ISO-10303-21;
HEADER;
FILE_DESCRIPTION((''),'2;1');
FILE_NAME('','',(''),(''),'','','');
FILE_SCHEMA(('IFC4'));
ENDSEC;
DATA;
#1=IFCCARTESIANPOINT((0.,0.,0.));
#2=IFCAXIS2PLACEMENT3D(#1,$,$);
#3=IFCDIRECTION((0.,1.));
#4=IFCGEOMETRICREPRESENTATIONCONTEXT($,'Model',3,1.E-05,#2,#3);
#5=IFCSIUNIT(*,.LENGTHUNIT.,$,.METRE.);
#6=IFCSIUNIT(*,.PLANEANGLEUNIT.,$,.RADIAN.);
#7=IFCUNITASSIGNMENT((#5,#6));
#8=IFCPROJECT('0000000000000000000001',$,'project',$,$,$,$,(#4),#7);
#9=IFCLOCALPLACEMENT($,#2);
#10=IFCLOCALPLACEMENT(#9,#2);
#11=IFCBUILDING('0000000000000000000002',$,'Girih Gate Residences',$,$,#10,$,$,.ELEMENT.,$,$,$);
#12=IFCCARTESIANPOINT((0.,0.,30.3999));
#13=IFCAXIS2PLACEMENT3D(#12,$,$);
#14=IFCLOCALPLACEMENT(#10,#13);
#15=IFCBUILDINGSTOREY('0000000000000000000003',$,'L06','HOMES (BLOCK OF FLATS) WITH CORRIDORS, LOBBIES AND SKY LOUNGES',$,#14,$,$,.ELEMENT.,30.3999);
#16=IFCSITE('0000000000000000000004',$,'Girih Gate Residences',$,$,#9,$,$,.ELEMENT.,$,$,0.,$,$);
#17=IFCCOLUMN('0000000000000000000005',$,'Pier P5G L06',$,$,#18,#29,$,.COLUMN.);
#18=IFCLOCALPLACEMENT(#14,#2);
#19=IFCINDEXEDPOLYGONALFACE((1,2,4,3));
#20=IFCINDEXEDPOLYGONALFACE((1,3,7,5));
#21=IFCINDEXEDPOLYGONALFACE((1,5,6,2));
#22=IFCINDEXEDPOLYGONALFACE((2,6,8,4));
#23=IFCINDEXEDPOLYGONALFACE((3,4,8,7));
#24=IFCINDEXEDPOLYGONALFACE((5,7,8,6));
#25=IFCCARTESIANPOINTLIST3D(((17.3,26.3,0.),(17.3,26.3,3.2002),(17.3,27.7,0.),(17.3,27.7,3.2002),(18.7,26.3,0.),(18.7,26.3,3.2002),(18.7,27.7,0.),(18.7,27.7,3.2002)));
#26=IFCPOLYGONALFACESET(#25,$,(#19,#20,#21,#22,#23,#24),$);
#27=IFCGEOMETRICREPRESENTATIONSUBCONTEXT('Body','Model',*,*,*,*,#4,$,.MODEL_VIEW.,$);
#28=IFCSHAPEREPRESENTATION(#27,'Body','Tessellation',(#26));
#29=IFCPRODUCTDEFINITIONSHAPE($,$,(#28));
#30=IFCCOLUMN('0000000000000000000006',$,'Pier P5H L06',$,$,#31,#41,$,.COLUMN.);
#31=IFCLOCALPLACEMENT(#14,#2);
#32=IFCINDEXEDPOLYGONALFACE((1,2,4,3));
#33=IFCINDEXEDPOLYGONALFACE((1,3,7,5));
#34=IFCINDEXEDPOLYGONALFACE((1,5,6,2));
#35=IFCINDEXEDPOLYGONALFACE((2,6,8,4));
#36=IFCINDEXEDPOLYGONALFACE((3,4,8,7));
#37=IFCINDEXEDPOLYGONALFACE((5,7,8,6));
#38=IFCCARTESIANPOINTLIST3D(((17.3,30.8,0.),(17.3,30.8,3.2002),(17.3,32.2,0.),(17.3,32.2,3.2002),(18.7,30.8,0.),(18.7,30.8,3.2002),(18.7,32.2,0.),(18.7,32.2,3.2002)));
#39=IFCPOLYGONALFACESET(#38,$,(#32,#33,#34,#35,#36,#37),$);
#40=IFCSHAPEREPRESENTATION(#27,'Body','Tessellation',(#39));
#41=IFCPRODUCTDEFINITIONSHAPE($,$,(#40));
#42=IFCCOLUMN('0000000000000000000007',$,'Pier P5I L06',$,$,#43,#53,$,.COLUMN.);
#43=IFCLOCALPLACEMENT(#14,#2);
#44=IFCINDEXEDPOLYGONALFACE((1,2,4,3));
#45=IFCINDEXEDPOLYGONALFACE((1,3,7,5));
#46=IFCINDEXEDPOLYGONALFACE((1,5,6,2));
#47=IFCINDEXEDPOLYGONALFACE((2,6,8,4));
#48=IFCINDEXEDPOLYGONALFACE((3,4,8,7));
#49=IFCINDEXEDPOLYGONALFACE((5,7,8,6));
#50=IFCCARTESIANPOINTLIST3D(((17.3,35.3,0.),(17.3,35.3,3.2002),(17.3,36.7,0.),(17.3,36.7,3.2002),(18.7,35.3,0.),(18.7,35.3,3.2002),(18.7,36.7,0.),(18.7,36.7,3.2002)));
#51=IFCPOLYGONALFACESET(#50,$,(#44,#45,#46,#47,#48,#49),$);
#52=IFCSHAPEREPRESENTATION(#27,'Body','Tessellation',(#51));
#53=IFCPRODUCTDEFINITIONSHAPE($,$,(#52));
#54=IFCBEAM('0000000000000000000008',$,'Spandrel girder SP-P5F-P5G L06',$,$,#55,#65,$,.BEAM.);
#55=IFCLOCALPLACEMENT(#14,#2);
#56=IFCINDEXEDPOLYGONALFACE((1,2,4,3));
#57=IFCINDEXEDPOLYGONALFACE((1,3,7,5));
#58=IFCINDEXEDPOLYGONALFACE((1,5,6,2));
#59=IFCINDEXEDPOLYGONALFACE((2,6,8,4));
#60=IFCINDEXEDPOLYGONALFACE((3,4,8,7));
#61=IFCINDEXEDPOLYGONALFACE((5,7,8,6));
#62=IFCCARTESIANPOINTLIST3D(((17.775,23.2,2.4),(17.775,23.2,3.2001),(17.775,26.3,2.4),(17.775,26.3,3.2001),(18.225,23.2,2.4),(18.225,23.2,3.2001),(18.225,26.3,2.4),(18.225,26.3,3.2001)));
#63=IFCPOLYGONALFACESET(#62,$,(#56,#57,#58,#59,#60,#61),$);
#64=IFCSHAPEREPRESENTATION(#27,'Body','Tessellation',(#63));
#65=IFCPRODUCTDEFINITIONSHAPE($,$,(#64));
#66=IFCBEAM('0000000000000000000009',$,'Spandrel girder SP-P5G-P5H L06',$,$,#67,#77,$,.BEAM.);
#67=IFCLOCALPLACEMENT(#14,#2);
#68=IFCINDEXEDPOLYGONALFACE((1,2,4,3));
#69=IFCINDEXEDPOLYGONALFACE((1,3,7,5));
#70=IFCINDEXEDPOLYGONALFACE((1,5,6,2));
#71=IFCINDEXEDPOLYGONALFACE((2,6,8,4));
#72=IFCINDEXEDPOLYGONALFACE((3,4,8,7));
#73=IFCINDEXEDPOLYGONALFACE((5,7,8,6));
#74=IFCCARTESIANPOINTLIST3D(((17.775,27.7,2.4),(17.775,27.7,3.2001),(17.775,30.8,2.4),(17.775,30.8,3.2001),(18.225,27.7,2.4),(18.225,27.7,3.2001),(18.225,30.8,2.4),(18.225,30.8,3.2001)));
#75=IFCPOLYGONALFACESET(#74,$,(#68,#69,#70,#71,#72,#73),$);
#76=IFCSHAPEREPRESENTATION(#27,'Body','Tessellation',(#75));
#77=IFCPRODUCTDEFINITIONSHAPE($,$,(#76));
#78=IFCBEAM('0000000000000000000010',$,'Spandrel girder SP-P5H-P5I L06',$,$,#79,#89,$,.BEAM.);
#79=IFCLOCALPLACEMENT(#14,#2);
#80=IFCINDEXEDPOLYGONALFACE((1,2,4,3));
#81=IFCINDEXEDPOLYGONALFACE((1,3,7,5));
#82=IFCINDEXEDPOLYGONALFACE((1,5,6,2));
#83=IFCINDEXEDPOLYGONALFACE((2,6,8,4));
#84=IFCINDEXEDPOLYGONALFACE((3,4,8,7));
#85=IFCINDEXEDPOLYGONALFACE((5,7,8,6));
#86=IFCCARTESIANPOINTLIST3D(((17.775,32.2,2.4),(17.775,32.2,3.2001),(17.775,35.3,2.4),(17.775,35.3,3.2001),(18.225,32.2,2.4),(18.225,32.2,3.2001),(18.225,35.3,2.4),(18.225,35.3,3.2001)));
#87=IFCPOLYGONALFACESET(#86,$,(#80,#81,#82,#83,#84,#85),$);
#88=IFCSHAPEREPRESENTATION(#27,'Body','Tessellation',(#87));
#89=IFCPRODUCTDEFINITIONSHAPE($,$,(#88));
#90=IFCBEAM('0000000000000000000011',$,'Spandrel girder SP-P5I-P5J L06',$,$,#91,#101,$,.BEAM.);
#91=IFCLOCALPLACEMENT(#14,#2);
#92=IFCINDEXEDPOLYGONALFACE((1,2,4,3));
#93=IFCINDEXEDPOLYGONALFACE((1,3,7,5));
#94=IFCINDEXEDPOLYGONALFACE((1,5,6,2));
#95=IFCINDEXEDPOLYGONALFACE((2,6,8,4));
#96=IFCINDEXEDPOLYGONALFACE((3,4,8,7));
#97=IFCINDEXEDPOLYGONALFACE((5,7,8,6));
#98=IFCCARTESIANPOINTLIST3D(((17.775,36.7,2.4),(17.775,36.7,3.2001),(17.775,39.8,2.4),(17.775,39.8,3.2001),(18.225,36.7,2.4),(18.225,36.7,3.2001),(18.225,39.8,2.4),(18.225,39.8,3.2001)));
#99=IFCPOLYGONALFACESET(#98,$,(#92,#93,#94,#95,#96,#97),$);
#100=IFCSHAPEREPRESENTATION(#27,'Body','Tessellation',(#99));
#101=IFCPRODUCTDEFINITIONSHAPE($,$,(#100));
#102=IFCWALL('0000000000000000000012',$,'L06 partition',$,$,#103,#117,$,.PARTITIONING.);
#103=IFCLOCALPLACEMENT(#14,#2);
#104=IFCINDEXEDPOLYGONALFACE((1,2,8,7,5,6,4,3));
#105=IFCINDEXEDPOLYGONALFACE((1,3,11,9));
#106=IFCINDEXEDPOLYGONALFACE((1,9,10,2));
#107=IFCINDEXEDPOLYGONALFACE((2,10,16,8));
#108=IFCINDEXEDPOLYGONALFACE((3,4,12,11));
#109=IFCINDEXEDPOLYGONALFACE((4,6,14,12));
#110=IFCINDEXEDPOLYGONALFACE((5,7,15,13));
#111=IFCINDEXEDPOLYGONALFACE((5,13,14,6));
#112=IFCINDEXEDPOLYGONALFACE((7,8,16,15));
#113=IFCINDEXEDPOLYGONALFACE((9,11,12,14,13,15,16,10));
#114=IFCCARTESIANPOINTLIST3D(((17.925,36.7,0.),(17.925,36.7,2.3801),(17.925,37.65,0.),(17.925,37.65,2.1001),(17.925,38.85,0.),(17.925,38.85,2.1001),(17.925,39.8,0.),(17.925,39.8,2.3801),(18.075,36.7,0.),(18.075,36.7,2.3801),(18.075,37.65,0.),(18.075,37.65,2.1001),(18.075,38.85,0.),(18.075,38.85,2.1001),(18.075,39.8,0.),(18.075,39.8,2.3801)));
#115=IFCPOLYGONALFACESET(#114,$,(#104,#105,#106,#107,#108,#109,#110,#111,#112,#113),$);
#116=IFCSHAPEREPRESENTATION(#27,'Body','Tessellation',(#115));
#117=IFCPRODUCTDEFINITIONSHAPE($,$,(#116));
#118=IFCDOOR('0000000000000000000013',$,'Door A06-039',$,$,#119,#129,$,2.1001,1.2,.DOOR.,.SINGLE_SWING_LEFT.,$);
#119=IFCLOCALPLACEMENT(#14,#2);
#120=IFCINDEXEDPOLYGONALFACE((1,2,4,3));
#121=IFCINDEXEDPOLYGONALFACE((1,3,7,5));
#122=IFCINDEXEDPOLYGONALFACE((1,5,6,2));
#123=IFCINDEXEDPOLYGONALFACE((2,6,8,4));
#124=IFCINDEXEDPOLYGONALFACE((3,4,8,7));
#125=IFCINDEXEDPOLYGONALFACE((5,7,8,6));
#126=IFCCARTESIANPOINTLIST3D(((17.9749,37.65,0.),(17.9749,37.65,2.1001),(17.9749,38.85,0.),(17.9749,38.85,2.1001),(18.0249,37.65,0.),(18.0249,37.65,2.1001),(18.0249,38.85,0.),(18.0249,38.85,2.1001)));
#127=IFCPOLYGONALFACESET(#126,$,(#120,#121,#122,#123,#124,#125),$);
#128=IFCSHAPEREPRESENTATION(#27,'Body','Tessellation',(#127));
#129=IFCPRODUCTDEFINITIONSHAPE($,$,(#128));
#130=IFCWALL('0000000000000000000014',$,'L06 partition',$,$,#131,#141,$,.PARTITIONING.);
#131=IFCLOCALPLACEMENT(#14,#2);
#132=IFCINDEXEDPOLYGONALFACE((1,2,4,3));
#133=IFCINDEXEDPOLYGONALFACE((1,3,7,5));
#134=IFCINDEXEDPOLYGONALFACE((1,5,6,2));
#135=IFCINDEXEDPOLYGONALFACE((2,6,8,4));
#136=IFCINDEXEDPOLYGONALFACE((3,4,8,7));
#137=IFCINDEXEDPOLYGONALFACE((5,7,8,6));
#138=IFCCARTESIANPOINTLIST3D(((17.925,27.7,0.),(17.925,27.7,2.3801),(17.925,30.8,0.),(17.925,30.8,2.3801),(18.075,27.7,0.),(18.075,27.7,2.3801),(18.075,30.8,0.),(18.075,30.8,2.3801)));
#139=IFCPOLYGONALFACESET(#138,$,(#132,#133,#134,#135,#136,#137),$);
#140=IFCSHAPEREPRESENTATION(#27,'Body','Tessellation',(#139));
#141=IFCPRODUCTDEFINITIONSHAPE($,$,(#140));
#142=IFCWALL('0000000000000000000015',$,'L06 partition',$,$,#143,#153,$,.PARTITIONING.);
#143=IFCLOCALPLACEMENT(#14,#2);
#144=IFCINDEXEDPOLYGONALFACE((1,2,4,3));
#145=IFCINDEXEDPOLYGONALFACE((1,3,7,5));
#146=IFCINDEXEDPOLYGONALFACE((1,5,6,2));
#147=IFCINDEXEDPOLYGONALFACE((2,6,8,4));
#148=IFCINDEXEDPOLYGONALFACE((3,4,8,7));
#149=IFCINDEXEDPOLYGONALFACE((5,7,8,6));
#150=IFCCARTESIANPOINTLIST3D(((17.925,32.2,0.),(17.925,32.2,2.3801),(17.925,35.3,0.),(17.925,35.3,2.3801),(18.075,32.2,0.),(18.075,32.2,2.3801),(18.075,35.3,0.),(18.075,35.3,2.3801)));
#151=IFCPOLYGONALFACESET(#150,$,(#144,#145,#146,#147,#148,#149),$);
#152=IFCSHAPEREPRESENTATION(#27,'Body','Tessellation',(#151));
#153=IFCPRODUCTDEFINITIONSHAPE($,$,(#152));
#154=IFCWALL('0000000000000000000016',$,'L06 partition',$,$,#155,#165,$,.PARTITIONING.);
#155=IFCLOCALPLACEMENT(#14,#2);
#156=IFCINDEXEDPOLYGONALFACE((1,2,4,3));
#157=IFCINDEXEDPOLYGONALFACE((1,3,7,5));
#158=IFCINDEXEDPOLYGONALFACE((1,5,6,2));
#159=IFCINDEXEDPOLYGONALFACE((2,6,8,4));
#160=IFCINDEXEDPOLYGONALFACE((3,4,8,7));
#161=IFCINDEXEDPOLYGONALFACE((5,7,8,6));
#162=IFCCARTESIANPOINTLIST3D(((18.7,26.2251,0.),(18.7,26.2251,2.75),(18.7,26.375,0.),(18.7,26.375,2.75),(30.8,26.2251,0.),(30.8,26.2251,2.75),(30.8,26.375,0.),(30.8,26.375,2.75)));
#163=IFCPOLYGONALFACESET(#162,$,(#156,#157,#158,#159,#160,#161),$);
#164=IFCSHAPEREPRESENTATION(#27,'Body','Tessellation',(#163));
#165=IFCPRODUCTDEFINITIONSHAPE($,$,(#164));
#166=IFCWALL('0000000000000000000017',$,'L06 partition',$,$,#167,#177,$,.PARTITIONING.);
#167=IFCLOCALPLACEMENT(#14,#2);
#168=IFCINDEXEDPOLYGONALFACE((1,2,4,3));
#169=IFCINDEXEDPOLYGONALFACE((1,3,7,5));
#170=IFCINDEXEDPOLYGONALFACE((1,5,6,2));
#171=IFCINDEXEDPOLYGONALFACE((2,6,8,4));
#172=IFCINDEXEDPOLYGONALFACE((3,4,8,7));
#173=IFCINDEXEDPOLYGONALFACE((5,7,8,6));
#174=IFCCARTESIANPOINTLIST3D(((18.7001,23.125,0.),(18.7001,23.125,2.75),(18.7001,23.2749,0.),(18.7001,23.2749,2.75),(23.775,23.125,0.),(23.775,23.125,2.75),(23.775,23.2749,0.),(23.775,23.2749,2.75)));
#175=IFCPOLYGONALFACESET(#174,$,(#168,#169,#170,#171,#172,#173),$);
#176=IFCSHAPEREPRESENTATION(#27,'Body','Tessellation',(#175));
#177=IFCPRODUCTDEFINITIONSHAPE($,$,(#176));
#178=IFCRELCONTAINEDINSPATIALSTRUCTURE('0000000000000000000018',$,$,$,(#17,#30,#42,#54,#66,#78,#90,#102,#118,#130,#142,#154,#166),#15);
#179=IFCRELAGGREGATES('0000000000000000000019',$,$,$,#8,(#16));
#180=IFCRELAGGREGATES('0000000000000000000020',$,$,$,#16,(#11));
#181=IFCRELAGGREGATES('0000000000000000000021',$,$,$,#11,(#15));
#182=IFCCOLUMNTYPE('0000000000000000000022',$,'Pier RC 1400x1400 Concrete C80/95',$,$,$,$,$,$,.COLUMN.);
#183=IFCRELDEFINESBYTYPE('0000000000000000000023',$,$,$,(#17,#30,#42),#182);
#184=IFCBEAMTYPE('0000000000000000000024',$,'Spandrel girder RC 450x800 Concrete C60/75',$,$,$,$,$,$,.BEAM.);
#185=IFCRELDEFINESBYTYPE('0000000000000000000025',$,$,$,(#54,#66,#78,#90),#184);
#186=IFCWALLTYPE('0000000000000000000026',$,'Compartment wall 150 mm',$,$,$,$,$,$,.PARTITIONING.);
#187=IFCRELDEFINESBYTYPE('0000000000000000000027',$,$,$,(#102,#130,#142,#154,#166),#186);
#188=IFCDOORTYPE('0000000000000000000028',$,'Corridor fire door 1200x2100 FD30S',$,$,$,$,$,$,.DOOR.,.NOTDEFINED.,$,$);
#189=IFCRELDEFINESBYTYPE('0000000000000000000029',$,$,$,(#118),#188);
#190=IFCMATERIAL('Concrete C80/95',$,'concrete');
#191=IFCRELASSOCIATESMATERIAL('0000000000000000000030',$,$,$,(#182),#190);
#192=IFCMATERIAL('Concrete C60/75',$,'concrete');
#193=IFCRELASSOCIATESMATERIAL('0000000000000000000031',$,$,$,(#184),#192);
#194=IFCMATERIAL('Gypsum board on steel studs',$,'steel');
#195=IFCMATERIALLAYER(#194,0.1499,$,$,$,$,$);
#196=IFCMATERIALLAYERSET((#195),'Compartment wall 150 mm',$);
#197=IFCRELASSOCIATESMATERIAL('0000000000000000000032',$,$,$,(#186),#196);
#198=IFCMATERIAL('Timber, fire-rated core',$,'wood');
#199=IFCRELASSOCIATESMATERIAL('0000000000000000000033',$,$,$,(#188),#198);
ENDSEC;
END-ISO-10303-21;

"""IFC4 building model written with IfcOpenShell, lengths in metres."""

from ifc_helpers import new_model, si_unit, direction, frame, frame_2d, origin, origin_2d, place, context, subcontext, project, spatial, rectangle, extrude, material, layer, layer_set, material_profile, profile_set, type_object, element, fill, save


model = new_model("IFC4")

# Units and contexts
model_context = context("Model", 3, precision=1e-05, world=origin(), true_north=direction((0.0, 1.0)))
body_context = subcontext(model_context, "Body", "Model", "MODEL_VIEW")
ifc_project = project(units=[si_unit("LENGTHUNIT", "METRE"), si_unit("PLANEANGLEUNIT", "RADIAN")], contexts=[model_context])

# Site, building, storey
site_placement = place(None, origin())
site = spatial("IfcSite", under=ifc_project, at=site_placement, Name="Girih Gate Residences", CompositionType="ELEMENT", RefElevation=0.0)
building_placement = place(site_placement, origin())
building = spatial("IfcBuilding", under=site, at=building_placement, Name="Girih Gate Residences", CompositionType="ELEMENT")
storey_placement = place(building_placement, frame((0.0, 0.0, 30.3999)))
storey = spatial("IfcBuildingStorey", under=building, at=storey_placement, Name="L06", Description="HOMES (BLOCK OF FLATS) WITH CORRIDORS, LOBBIES AND SKY LOUNGES", CompositionType="ELEMENT", Elevation=30.3999)

# Columns
ifc_material_1 = material(Name="Concrete C80/95", Category="concrete")
ifc_material_profile_1 = material_profile(ifc_material_1, rectangle(XDim=1.3999, YDim=1.3999, at=origin_2d()))
ifc_profile_set_1 = profile_set([ifc_material_profile_1], Name="Concrete C80/95")
column_type = type_object("IfcColumnType", Name="Pier RC 1400x1400 Concrete C80/95", PredefinedType="COLUMN", material=ifc_profile_set_1)
for number, where, z_axis, x_axis, name in (
    (1, (18.0, 27.0, 0.0), (0.0, 0.0, 1.0), (1.0, 0.0, 0.0), "Pier P5G L06"),
    (2, (18.0, 31.5, 0.0), (0.0, 0.0, 1.0), (1.0, 0.0, 0.0), "Pier P5H L06"),
    (3, (18.0, 36.0, 0.0), (0.0, 0.0, 1.0), (1.0, 0.0, 0.0), "Pier P5I L06"),
):
    element("IfcColumn", number, at=place(storey_placement, frame(where, z_axis=z_axis, x_axis=x_axis)), inside=storey, type_object=column_type, Name=name, PredefinedType="COLUMN", context=body_context, shape_type="SweptSolid", body=[
        extrude(rectangle(XDim=1.3999, YDim=1.3999, at=origin_2d()), origin(), (0.0, 0.0, 1.0), 3.2002),
    ])

# Beams
ifc_material_2 = material(Name="Concrete C60/75", Category="concrete")
ifc_material_profile_2 = material_profile(ifc_material_2, rectangle(XDim=0.45, YDim=0.8, at=origin_2d()))
ifc_profile_set_2 = profile_set([ifc_material_profile_2], Name="Concrete C60/75")
beam_type = type_object("IfcBeamType", Name="Spandrel girder RC 450x800 Concrete C60/75", PredefinedType="BEAM", material=ifc_profile_set_2)
for number, where, z_axis, x_axis, name in (
    (4, (18.0, 23.2, 2.8), (0.0, 1.0, 0.0), (-1.0, 0.0, 0.0), "Spandrel girder SP-P5F-P5G L06"),
    (5, (18.0, 27.7, 2.8), (0.0, 1.0, 0.0), (-1.0, 0.0, 0.0), "Spandrel girder SP-P5G-P5H L06"),
    (6, (18.0, 32.2, 2.8), (0.0, 1.0, 0.0), (-1.0, 0.0, 0.0), "Spandrel girder SP-P5H-P5I L06"),
    (7, (18.0, 36.7, 2.8), (0.0, 1.0, 0.0), (-1.0, 0.0, 0.0), "Spandrel girder SP-P5I-P5J L06"),
):
    element("IfcBeam", number, at=place(storey_placement, frame(where, z_axis=z_axis, x_axis=x_axis)), inside=storey, type_object=beam_type, Name=name, PredefinedType="BEAM", context=body_context, shape_type="SweptSolid", body=[
        extrude(rectangle(XDim=0.45, YDim=0.8, at=origin_2d()), origin(), (0.0, 0.0, 1.0), 3.1001),
    ])

# Wall, opening, door
ifc_material_3 = material(Name="Gypsum board on steel studs", Category="steel")
ifc_layer_1 = layer(ifc_material_3, 0.1499)
ifc_layer_set_1 = layer_set([ifc_layer_1], Name="Compartment wall 150 mm")
wall_type_1 = type_object("IfcWallType", Name="Compartment wall 150 mm", PredefinedType="PARTITIONING", material=ifc_layer_set_1)
wall_1_placement = place(storey_placement, frame((18.0, 39.8, 0.0), z_axis=(0.0, 0.0, 1.0), x_axis=(0.0, -1.0, 0.0)))
wall_1 = element("IfcWall", 8, at=wall_1_placement, inside=storey, type_object=wall_type_1, Name="L06 partition", PredefinedType="PARTITIONING", context=body_context, shape_type="SweptSolid", body=[
    extrude(rectangle(XDim=3.1001, YDim=0.1499, at=frame_2d((1.55, 0.0))), origin(), (0.0, 0.0, 1.0), 2.3801),
])
opening_1_placement = place(wall_1_placement, frame((0.95, 0.0, 0.0)))
opening_1 = element("IfcOpeningElement", 9, at=opening_1_placement, cuts=wall_1, PredefinedType="OPENING", context=body_context, shape_type="SweptSolid", body=[
    extrude(rectangle(XDim=1.2, YDim=2.1001, at=frame_2d((0.6001, 1.05))), frame((0.0, 0.085, 0.0), z_axis=(0.0, -1.0, 0.0), x_axis=(1.0, 0.0, 0.0)), (0.0, 0.0, 1.0), 0.1699),
])
ifc_material_4 = material(Name="Timber, fire-rated core", Category="wood")
door_type_1 = type_object("IfcDoorType", Name="Corridor fire door 1200x2100 FD30S", OperationType="NOTDEFINED", PredefinedType="DOOR", material=ifc_material_4)
door_1_placement = place(opening_1_placement, origin())
door_1 = element("IfcDoor", 10, at=door_1_placement, inside=storey, type_object=door_type_1, Name="Door A06-039", OperationType="SINGLE_SWING_LEFT", OverallHeight=2.1001, OverallWidth=1.2, PredefinedType="DOOR", context=body_context, shape_type="SweptSolid", body=[
    extrude(rectangle(XDim=1.2, YDim=2.1001, at=frame_2d((0.6001, 1.05))), frame((0.0, 0.0249, 0.0), z_axis=(0.0, -1.0, 0.0), x_axis=(1.0, 0.0, 0.0)), (0.0, 0.0, 1.0), 0.05),
])
fill(opening_1, door_1)

# Walls
for number, where, z_axis, x_axis, name in (
    (11, (18.0, 27.7, 0.0), (0.0, 0.0, 1.0), (0.0, 1.0, 0.0), "L06 partition"),
    (12, (18.0, 32.2, 0.0), (0.0, 0.0, 1.0), (0.0, 1.0, 0.0), "L06 partition"),
):
    element("IfcWall", number, at=place(storey_placement, frame(where, z_axis=z_axis, x_axis=x_axis)), inside=storey, type_object=wall_type_1, Name=name, PredefinedType="PARTITIONING", context=body_context, shape_type="SweptSolid", body=[
        extrude(rectangle(XDim=3.1001, YDim=0.1499, at=frame_2d((1.55, 0.0))), origin(), (0.0, 0.0, 1.0), 2.3801),
    ])
wall_2_placement = place(storey_placement, frame((18.7, 26.3, 0.0), z_axis=(0.0, 0.0, 1.0), x_axis=(1.0, 0.0, 0.0)))
element("IfcWall", 13, at=wall_2_placement, inside=storey, type_object=wall_type_1, Name="L06 partition", PredefinedType="PARTITIONING", context=body_context, shape_type="SweptSolid", body=[
    extrude(rectangle(XDim=12.1001, YDim=0.1499, at=frame_2d((6.05, 0.0))), origin(), (0.0, 0.0, 1.0), 2.75),
])
wall_3_placement = place(storey_placement, frame((18.7, 23.2, 0.0), z_axis=(0.0, 0.0, 1.0), x_axis=(1.0, 0.0, 0.0)))
element("IfcWall", 14, at=wall_3_placement, inside=storey, type_object=wall_type_1, Name="L06 partition", PredefinedType="PARTITIONING", context=body_context, shape_type="SweptSolid", body=[
    extrude(rectangle(XDim=5.075, YDim=0.1499, at=frame_2d((2.5376, 0.0))), origin(), (0.0, 0.0, 1.0), 2.75),
])

save(model, "model.ifc")
